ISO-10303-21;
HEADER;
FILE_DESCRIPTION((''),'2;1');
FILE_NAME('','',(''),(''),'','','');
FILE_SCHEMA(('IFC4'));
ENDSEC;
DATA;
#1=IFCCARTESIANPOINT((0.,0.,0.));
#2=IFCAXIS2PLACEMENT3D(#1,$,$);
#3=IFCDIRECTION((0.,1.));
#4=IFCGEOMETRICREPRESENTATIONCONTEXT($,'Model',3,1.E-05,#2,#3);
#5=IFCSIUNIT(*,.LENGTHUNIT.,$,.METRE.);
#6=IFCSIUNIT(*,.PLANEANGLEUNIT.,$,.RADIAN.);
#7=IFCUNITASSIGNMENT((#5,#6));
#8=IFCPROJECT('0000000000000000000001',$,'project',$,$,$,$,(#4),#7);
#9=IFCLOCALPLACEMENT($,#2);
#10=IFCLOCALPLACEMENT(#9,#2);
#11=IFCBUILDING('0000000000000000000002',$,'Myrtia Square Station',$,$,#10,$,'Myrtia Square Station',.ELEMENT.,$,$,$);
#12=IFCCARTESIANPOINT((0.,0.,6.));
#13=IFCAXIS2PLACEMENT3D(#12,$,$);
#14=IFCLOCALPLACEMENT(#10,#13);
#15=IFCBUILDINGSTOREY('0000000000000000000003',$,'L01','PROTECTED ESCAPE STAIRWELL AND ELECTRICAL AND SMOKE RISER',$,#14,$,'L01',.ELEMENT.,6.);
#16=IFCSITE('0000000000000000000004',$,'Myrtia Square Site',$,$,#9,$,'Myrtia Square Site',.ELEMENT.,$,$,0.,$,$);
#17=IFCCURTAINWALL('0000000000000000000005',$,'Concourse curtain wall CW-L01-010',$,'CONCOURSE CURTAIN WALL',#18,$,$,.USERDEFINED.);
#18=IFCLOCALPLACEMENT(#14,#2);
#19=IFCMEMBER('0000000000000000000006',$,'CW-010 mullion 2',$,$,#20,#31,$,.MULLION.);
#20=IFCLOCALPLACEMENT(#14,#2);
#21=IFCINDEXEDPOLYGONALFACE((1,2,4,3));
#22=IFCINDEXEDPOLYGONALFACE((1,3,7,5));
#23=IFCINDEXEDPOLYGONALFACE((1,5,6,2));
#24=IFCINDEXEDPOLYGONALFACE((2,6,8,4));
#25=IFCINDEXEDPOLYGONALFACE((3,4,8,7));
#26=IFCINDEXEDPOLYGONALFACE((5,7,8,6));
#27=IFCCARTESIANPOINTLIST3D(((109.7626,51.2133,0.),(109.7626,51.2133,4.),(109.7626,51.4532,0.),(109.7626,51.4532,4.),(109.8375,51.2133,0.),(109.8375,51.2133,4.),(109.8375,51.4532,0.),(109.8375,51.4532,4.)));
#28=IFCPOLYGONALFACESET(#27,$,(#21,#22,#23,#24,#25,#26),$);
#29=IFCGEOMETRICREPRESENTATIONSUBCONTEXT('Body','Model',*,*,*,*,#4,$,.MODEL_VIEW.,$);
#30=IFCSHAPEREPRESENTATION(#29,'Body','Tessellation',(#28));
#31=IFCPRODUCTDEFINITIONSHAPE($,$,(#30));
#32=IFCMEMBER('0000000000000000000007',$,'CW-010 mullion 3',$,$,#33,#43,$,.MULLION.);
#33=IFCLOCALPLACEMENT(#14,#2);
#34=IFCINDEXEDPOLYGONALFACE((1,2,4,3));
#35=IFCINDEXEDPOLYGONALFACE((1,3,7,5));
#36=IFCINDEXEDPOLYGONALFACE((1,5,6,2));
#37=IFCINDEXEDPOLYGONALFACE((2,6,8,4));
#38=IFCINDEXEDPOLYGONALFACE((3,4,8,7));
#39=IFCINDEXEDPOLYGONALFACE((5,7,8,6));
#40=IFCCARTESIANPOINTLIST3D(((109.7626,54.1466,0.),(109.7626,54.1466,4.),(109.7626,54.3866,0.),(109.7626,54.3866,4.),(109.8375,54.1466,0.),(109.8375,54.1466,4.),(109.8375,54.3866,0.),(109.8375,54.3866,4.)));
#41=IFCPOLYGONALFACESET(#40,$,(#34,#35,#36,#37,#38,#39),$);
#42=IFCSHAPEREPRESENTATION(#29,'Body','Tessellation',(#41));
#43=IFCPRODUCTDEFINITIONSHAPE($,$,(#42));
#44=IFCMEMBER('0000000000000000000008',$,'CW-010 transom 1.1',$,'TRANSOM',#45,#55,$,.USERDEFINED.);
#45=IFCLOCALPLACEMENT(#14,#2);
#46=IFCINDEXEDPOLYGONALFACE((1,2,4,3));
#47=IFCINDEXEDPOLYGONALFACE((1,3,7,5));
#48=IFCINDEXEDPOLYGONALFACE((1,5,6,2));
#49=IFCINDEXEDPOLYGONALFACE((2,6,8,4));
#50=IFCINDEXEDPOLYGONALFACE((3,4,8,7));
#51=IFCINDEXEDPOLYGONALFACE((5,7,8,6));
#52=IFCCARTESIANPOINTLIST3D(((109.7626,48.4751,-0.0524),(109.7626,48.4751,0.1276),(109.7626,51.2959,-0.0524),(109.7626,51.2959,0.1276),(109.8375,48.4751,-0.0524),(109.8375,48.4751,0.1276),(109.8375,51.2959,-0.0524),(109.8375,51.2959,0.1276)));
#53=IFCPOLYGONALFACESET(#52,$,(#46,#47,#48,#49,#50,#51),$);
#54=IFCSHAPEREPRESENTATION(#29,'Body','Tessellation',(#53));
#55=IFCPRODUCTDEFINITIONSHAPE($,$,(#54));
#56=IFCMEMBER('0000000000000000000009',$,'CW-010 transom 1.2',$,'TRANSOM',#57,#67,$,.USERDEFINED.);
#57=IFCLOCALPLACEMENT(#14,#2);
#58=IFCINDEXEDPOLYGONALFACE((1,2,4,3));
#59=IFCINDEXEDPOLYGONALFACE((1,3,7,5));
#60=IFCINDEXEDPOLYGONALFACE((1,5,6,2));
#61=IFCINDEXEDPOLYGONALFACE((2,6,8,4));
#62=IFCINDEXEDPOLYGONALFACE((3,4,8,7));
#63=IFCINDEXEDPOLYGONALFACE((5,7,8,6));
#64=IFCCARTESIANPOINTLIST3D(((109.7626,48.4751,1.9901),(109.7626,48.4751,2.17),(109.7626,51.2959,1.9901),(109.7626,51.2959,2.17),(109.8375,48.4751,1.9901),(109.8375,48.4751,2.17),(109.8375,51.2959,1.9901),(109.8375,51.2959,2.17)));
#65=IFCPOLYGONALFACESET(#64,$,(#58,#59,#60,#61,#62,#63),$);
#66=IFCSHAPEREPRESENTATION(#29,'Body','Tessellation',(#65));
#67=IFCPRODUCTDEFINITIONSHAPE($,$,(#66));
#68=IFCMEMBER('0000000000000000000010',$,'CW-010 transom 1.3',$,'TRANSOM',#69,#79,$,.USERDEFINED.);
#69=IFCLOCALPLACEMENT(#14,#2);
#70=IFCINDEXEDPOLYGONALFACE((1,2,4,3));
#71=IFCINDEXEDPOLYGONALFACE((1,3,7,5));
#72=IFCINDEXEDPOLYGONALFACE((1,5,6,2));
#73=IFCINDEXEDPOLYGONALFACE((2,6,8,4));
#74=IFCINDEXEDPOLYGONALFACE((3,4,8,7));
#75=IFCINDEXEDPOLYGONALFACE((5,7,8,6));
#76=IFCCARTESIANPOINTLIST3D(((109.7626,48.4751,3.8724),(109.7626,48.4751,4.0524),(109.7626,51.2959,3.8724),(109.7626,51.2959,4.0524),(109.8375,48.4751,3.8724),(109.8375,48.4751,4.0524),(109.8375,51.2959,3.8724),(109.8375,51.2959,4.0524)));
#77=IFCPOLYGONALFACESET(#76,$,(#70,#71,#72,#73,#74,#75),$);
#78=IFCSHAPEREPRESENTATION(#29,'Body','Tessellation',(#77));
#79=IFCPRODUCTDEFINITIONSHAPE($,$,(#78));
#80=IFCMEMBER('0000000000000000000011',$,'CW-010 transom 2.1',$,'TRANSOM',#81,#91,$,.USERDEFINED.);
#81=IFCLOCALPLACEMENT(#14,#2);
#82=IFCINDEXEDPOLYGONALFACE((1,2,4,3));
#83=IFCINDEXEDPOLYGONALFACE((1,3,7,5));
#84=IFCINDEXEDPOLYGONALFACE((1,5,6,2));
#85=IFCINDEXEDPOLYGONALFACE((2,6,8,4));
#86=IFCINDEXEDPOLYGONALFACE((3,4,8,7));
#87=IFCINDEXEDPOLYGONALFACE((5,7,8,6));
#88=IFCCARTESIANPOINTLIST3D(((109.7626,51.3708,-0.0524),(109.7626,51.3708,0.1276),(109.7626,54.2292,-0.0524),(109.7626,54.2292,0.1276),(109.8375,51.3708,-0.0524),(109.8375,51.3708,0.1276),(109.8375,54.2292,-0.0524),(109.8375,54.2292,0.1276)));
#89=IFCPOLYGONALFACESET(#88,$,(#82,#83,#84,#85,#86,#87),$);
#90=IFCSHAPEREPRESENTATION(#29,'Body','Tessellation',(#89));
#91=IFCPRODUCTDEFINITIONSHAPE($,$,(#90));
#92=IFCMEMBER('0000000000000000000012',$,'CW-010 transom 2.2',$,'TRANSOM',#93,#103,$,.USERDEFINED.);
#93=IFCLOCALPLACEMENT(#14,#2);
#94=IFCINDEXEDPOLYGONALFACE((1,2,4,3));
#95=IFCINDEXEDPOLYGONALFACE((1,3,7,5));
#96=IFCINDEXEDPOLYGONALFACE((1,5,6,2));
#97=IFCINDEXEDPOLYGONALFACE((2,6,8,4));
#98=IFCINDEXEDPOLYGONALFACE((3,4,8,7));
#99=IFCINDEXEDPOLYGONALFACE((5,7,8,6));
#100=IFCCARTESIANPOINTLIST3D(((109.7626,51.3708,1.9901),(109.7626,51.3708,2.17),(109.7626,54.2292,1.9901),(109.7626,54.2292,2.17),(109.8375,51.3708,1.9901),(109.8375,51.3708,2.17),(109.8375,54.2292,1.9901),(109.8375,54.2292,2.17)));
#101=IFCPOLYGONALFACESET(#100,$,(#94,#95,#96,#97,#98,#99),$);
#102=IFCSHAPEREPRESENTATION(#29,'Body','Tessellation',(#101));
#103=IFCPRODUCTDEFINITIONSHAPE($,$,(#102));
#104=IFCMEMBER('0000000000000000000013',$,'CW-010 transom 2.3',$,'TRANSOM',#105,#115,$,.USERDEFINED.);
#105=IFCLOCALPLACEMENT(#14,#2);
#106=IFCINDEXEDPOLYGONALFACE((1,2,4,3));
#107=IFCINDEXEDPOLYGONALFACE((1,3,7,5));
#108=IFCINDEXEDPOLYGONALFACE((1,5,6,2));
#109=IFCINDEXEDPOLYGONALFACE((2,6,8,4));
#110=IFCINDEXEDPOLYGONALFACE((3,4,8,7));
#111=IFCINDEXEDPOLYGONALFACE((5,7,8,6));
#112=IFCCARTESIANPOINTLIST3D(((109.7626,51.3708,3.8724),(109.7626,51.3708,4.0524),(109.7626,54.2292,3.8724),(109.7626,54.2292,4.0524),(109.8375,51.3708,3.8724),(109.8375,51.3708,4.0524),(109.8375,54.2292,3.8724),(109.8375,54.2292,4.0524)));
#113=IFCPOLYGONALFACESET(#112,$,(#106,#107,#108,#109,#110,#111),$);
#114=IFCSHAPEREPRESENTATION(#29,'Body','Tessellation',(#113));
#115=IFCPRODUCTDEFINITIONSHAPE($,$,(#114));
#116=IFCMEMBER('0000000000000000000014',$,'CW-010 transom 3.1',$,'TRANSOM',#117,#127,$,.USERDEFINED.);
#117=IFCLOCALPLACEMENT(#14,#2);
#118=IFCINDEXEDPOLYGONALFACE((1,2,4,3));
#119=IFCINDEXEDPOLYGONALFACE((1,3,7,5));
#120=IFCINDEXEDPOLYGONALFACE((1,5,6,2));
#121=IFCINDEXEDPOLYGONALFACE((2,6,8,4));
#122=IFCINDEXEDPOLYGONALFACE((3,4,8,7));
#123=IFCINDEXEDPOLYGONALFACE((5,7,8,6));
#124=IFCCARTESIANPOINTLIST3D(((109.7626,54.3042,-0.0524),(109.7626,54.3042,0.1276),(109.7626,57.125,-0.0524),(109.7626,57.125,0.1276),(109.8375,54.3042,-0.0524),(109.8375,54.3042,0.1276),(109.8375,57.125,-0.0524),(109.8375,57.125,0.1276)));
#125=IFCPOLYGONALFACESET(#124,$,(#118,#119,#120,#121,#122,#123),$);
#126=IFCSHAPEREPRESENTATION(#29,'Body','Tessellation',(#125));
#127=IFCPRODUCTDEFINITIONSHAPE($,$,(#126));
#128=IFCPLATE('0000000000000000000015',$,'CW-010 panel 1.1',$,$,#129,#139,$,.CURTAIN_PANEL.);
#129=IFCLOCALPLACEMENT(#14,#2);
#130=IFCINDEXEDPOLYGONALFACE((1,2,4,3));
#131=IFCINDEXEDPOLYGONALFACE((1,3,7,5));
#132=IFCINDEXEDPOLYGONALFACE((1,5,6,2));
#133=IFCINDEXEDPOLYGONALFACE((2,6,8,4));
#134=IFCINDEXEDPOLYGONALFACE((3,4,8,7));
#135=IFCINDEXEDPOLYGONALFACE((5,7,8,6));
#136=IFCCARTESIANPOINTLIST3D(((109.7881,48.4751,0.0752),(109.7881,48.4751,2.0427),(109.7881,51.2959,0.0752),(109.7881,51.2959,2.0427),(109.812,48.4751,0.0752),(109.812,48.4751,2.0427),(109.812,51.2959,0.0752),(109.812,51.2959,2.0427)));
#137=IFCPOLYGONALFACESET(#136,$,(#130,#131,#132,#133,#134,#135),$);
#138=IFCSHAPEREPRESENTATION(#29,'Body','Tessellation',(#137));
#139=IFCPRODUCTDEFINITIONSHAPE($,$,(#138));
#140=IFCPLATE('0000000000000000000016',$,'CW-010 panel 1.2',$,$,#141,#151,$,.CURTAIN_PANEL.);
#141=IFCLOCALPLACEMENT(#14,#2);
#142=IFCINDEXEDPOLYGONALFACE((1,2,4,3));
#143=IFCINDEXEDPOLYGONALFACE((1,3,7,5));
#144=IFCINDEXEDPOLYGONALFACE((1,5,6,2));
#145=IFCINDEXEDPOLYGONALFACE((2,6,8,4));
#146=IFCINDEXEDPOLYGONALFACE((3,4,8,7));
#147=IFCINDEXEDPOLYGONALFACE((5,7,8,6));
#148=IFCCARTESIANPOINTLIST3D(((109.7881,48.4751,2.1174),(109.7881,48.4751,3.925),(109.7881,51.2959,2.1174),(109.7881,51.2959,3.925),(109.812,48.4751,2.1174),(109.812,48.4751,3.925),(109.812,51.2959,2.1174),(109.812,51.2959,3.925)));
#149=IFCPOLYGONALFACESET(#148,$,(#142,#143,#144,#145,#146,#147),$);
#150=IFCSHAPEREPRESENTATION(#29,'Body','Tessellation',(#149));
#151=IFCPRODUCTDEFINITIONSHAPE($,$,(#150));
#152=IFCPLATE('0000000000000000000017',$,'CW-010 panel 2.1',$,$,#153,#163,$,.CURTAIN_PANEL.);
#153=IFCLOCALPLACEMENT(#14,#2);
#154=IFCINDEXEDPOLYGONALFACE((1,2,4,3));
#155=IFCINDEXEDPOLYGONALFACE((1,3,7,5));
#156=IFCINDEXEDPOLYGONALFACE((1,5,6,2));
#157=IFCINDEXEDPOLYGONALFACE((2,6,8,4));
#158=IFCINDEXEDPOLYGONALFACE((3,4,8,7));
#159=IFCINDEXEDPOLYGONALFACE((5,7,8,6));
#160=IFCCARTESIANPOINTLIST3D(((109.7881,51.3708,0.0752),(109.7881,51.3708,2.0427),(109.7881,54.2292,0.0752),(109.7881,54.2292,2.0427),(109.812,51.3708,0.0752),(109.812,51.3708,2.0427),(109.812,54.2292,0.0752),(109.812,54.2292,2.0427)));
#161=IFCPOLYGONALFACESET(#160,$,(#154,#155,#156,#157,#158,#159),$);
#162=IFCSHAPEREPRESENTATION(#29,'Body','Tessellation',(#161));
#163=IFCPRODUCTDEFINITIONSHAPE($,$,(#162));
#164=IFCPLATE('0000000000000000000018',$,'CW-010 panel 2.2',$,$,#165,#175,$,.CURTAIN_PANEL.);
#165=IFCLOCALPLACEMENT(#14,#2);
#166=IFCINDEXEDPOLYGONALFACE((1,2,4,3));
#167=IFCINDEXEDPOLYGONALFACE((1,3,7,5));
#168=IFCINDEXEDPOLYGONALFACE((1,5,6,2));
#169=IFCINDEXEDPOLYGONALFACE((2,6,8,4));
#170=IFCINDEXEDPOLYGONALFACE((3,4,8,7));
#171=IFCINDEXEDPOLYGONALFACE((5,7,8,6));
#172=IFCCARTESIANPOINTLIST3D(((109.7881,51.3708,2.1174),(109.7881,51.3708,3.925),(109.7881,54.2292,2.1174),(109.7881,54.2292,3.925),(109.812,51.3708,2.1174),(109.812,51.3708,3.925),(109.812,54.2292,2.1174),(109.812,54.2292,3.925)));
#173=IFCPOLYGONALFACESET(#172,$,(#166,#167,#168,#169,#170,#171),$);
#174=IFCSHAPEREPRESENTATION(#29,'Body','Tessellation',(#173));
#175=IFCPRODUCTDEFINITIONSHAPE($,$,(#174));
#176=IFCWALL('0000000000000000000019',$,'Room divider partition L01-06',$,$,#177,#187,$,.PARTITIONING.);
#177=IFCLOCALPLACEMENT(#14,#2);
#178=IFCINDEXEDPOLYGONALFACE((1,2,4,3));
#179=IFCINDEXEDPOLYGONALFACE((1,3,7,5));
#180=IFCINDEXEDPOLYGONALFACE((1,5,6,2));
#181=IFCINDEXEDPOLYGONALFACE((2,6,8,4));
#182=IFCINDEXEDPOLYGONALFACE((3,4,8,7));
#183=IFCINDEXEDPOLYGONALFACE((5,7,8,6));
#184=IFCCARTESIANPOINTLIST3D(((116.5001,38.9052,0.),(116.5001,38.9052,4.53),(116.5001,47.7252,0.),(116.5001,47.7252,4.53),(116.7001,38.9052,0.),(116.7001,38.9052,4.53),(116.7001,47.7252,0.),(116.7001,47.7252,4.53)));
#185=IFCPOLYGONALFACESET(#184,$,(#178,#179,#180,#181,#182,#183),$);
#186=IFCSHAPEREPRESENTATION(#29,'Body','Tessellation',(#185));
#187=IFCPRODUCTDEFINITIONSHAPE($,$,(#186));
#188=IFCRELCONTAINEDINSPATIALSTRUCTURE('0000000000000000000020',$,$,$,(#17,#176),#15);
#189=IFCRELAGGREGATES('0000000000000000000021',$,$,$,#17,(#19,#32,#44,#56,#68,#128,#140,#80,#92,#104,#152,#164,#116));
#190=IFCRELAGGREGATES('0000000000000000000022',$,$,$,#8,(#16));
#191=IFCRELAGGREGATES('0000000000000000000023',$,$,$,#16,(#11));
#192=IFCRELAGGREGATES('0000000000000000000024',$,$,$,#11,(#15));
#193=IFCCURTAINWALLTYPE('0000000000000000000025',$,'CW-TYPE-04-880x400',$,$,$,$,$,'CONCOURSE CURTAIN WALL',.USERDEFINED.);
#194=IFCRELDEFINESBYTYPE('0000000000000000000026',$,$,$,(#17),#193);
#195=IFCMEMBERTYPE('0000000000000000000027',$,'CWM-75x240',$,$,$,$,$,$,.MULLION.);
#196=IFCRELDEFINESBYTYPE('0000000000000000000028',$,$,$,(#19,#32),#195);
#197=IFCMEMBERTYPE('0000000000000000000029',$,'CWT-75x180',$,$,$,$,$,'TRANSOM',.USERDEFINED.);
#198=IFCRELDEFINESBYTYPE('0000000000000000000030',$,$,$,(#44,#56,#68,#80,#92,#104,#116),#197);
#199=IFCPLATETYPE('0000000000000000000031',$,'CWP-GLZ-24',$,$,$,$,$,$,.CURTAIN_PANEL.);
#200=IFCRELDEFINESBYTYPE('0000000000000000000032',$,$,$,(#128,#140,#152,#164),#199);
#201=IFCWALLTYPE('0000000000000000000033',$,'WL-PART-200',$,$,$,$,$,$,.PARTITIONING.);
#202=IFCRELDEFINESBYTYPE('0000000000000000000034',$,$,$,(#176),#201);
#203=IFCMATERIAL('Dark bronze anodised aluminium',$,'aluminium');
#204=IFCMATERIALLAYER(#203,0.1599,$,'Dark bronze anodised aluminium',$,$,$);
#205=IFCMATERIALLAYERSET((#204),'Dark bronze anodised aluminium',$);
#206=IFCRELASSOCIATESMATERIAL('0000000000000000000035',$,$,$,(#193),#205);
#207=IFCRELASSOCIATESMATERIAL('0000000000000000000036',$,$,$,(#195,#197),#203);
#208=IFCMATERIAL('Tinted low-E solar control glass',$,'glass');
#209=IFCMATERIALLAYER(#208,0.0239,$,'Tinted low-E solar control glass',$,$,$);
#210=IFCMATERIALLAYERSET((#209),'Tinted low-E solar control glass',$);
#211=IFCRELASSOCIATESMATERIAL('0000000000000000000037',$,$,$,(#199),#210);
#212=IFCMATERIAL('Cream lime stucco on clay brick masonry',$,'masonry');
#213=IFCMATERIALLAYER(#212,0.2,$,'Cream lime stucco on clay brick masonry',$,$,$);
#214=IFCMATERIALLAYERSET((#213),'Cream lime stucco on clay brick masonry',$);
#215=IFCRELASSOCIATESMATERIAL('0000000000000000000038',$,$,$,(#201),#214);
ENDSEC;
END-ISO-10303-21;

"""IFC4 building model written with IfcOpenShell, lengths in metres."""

from ifc_helpers import new_model, si_unit, direction, frame, frame_2d, origin, origin_2d, place, context, subcontext, project, spatial, rectangle, extrude, material, layer, layer_set, material_profile, profile_set, type_object, element, aggregate, save


model = new_model("IFC4")

# Units and contexts
model_context = context("Model", 3, precision=1e-05, world=origin(), true_north=direction((0.0, 1.0)))
body_context = subcontext(model_context, "Body", "Model", "MODEL_VIEW")
ifc_project = project(units=[si_unit("LENGTHUNIT", "METRE"), si_unit("PLANEANGLEUNIT", "RADIAN")], contexts=[model_context])

# Site, building, storey
site_placement = place(None, origin())
site = spatial("IfcSite", under=ifc_project, at=site_placement, Name="Myrtia Square Site", LongName="Myrtia Square Site", CompositionType="ELEMENT", RefElevation=0.0)
building_placement = place(site_placement, origin())
building = spatial("IfcBuilding", under=site, at=building_placement, Name="Myrtia Square Station", LongName="Myrtia Square Station", CompositionType="ELEMENT")
storey_placement = place(building_placement, frame((0.0, 0.0, 6.0)))
storey = spatial("IfcBuildingStorey", under=building, at=storey_placement, Name="L01", Description="PROTECTED ESCAPE STAIRWELL AND ELECTRICAL AND SMOKE RISER", LongName="L01", CompositionType="ELEMENT", Elevation=6.0)

# Curtain wall, members, plates
ifc_material_1 = material(Name="Dark bronze anodised aluminium", Category="aluminium")
ifc_layer_1 = layer(ifc_material_1, 0.1599, Name="Dark bronze anodised aluminium")
ifc_layer_set_1 = layer_set([ifc_layer_1], Name="Dark bronze anodised aluminium")
curtain_wall_type = type_object("IfcCurtainWallType", Name="CW-TYPE-04-880x400", ElementType="CONCOURSE CURTAIN WALL", PredefinedType="USERDEFINED", material=ifc_layer_set_1)
curtain_wall_placement = place(storey_placement, origin())
curtain_wall = element("IfcCurtainWall", 1, at=curtain_wall_placement, inside=storey, type_object=curtain_wall_type, Name="Concourse curtain wall CW-L01-010", ObjectType="CONCOURSE CURTAIN WALL", PredefinedType="USERDEFINED")
ifc_material_profile_1 = material_profile(ifc_material_1, rectangle(XDim=0.075, YDim=0.24, at=origin_2d()), Name="ALU-M 75x240")
ifc_profile_set_1 = profile_set([ifc_material_profile_1], Name="Dark bronze anodised aluminium")
member_type_1 = type_object("IfcMemberType", Name="CWM-75x240", PredefinedType="MULLION", material=ifc_profile_set_1)
member_1_placement = place(storey_placement, frame((109.8, 51.3333, 0.0), z_axis=(0.0, 0.0, 1.0), x_axis=(-1.0, 0.0, 0.0)))
member_1 = element("IfcMember", 2, at=member_1_placement, type_object=member_type_1, Name="CW-010 mullion 2", PredefinedType="MULLION", context=body_context, shape_type="SweptSolid", body=[
    extrude(rectangle(XDim=0.075, YDim=0.24, at=origin_2d()), origin(), (0.0, 0.0, 1.0), 4.0),
])
member_2_placement = place(storey_placement, frame((109.8, 54.2666, 0.0), z_axis=(0.0, 0.0, 1.0), x_axis=(-1.0, 0.0, 0.0)))
member_2 = element("IfcMember", 3, at=member_2_placement, type_object=member_type_1, Name="CW-010 mullion 3", PredefinedType="MULLION", context=body_context, shape_type="SweptSolid", body=[
    extrude(rectangle(XDim=0.075, YDim=0.24, at=origin_2d()), origin(), (0.0, 0.0, 1.0), 4.0),
])
ifc_material_profile_2 = material_profile(ifc_material_1, rectangle(XDim=0.075, YDim=0.1799, at=origin_2d()), Name="ALU-T 75x180")
ifc_profile_set_2 = profile_set([ifc_material_profile_2], Name="Dark bronze anodised aluminium")
member_type_2 = type_object("IfcMemberType", Name="CWT-75x180", ElementType="TRANSOM", PredefinedType="USERDEFINED", material=ifc_profile_set_2)
member_3_placement = place(storey_placement, frame((109.8, 48.4751, 0.0376), z_axis=(0.0, 1.0, 0.0), x_axis=(-1.0, 0.0, 0.0)))
member_3 = element("IfcMember", 4, at=member_3_placement, type_object=member_type_2, Name="CW-010 transom 1.1", ObjectType="TRANSOM", PredefinedType="USERDEFINED", context=body_context, shape_type="SweptSolid", body=[
    extrude(rectangle(XDim=0.075, YDim=0.1799, at=origin_2d()), origin(), (0.0, 0.0, 1.0), 2.8208),
])
member_4_placement = place(storey_placement, frame((109.8, 48.4751, 2.0801), z_axis=(0.0, 1.0, 0.0), x_axis=(-1.0, 0.0, 0.0)))
member_4 = element("IfcMember", 5, at=member_4_placement, type_object=member_type_2, Name="CW-010 transom 1.2", ObjectType="TRANSOM", PredefinedType="USERDEFINED", context=body_context, shape_type="SweptSolid", body=[
    extrude(rectangle(XDim=0.075, YDim=0.1799, at=origin_2d()), origin(), (0.0, 0.0, 1.0), 2.8208),
])
member_5_placement = place(storey_placement, frame((109.8, 48.4751, 3.9624), z_axis=(0.0, 1.0, 0.0), x_axis=(-1.0, 0.0, 0.0)))
member_5 = element("IfcMember", 6, at=member_5_placement, type_object=member_type_2, Name="CW-010 transom 1.3", ObjectType="TRANSOM", PredefinedType="USERDEFINED", context=body_context, shape_type="SweptSolid", body=[
    extrude(rectangle(XDim=0.075, YDim=0.1799, at=origin_2d()), origin(), (0.0, 0.0, 1.0), 2.8208),
])
member_6_placement = place(storey_placement, frame((109.8, 51.3708, 0.0376), z_axis=(0.0, 1.0, 0.0), x_axis=(-1.0, 0.0, 0.0)))
member_6 = element("IfcMember", 7, at=member_6_placement, type_object=member_type_2, Name="CW-010 transom 2.1", ObjectType="TRANSOM", PredefinedType="USERDEFINED", context=body_context, shape_type="SweptSolid", body=[
    extrude(rectangle(XDim=0.075, YDim=0.1799, at=origin_2d()), origin(), (0.0, 0.0, 1.0), 2.8584),
])
member_7_placement = place(storey_placement, frame((109.8, 51.3708, 2.0801), z_axis=(0.0, 1.0, 0.0), x_axis=(-1.0, 0.0, 0.0)))
member_7 = element("IfcMember", 8, at=member_7_placement, type_object=member_type_2, Name="CW-010 transom 2.2", ObjectType="TRANSOM", PredefinedType="USERDEFINED", context=body_context, shape_type="SweptSolid", body=[
    extrude(rectangle(XDim=0.075, YDim=0.1799, at=origin_2d()), origin(), (0.0, 0.0, 1.0), 2.8584),
])
member_8_placement = place(storey_placement, frame((109.8, 51.3708, 3.9624), z_axis=(0.0, 1.0, 0.0), x_axis=(-1.0, 0.0, 0.0)))
member_8 = element("IfcMember", 9, at=member_8_placement, type_object=member_type_2, Name="CW-010 transom 2.3", ObjectType="TRANSOM", PredefinedType="USERDEFINED", context=body_context, shape_type="SweptSolid", body=[
    extrude(rectangle(XDim=0.075, YDim=0.1799, at=origin_2d()), origin(), (0.0, 0.0, 1.0), 2.8584),
])
member_9_placement = place(storey_placement, frame((109.8, 54.3042, 0.0376), z_axis=(0.0, 1.0, 0.0), x_axis=(-1.0, 0.0, 0.0)))
member_9 = element("IfcMember", 10, at=member_9_placement, type_object=member_type_2, Name="CW-010 transom 3.1", ObjectType="TRANSOM", PredefinedType="USERDEFINED", context=body_context, shape_type="SweptSolid", body=[
    extrude(rectangle(XDim=0.075, YDim=0.1799, at=origin_2d()), origin(), (0.0, 0.0, 1.0), 2.8208),
])
ifc_material_2 = material(Name="Tinted low-E solar control glass", Category="glass")
ifc_layer_2 = layer(ifc_material_2, 0.0239, Name="Tinted low-E solar control glass")
ifc_layer_set_2 = layer_set([ifc_layer_2], Name="Tinted low-E solar control glass")
plate_type = type_object("IfcPlateType", Name="CWP-GLZ-24", PredefinedType="CURTAIN_PANEL", material=ifc_layer_set_2)
plate_1_placement = place(storey_placement, frame((109.8, 49.8855, 0.0752), z_axis=(0.0, 0.0, 1.0), x_axis=(0.0, 1.0, 0.0)))
plate_1 = element("IfcPlate", 11, at=plate_1_placement, type_object=plate_type, Name="CW-010 panel 1.1", PredefinedType="CURTAIN_PANEL", context=body_context, shape_type="SweptSolid", body=[
    extrude(rectangle(XDim=2.8208, YDim=0.0239, at=origin_2d()), origin(), (0.0, 0.0, 1.0), 1.9675),
])
plate_2_placement = place(storey_placement, frame((109.8, 49.8855, 2.1174), z_axis=(0.0, 0.0, 1.0), x_axis=(0.0, 1.0, 0.0)))
plate_2 = element("IfcPlate", 12, at=plate_2_placement, type_object=plate_type, Name="CW-010 panel 1.2", PredefinedType="CURTAIN_PANEL", context=body_context, shape_type="SweptSolid", body=[
    extrude(rectangle(XDim=2.8208, YDim=0.0239, at=origin_2d()), origin(), (0.0, 0.0, 1.0), 1.8076),
])
plate_3_placement = place(storey_placement, frame((109.8, 52.8, 0.0752), z_axis=(0.0, 0.0, 1.0), x_axis=(0.0, 1.0, 0.0)))
plate_3 = element("IfcPlate", 13, at=plate_3_placement, type_object=plate_type, Name="CW-010 panel 2.1", PredefinedType="CURTAIN_PANEL", context=body_context, shape_type="SweptSolid", body=[
    extrude(rectangle(XDim=2.8584, YDim=0.0239, at=origin_2d()), origin(), (0.0, 0.0, 1.0), 1.9675),
])
plate_4_placement = place(storey_placement, frame((109.8, 52.8, 2.1174), z_axis=(0.0, 0.0, 1.0), x_axis=(0.0, 1.0, 0.0)))
plate_4 = element("IfcPlate", 14, at=plate_4_placement, type_object=plate_type, Name="CW-010 panel 2.2", PredefinedType="CURTAIN_PANEL", context=body_context, shape_type="SweptSolid", body=[
    extrude(rectangle(XDim=2.8584, YDim=0.0239, at=origin_2d()), origin(), (0.0, 0.0, 1.0), 1.8076),
])
aggregate(curtain_wall, [member_1, member_2, member_3, member_4, member_5, plate_1, plate_2, member_6, member_7, member_8, plate_3, plate_4, member_9])

# Wall
ifc_material_3 = material(Name="Cream lime stucco on clay brick masonry", Category="masonry")
ifc_layer_3 = layer(ifc_material_3, 0.2, Name="Cream lime stucco on clay brick masonry")
ifc_layer_set_3 = layer_set([ifc_layer_3], Name="Cream lime stucco on clay brick masonry")
wall_type = type_object("IfcWallType", Name="WL-PART-200", PredefinedType="PARTITIONING", material=ifc_layer_set_3)
wall_placement = place(storey_placement, frame((116.6001, 38.905, 0.0), z_axis=(0.0, 0.0, 1.0), x_axis=(0.0, 1.0, 0.0)))
element("IfcWall", 15, at=wall_placement, inside=storey, type_object=wall_type, Name="Room divider partition L01-06", PredefinedType="PARTITIONING", context=body_context, shape_type="SweptSolid", body=[
    extrude(rectangle(XDim=8.8201, YDim=0.2, at=frame_2d((4.4102, 0.0))), origin(), (0.0, 0.0, 1.0), 4.53),
])

save(model, "model.ifc")
